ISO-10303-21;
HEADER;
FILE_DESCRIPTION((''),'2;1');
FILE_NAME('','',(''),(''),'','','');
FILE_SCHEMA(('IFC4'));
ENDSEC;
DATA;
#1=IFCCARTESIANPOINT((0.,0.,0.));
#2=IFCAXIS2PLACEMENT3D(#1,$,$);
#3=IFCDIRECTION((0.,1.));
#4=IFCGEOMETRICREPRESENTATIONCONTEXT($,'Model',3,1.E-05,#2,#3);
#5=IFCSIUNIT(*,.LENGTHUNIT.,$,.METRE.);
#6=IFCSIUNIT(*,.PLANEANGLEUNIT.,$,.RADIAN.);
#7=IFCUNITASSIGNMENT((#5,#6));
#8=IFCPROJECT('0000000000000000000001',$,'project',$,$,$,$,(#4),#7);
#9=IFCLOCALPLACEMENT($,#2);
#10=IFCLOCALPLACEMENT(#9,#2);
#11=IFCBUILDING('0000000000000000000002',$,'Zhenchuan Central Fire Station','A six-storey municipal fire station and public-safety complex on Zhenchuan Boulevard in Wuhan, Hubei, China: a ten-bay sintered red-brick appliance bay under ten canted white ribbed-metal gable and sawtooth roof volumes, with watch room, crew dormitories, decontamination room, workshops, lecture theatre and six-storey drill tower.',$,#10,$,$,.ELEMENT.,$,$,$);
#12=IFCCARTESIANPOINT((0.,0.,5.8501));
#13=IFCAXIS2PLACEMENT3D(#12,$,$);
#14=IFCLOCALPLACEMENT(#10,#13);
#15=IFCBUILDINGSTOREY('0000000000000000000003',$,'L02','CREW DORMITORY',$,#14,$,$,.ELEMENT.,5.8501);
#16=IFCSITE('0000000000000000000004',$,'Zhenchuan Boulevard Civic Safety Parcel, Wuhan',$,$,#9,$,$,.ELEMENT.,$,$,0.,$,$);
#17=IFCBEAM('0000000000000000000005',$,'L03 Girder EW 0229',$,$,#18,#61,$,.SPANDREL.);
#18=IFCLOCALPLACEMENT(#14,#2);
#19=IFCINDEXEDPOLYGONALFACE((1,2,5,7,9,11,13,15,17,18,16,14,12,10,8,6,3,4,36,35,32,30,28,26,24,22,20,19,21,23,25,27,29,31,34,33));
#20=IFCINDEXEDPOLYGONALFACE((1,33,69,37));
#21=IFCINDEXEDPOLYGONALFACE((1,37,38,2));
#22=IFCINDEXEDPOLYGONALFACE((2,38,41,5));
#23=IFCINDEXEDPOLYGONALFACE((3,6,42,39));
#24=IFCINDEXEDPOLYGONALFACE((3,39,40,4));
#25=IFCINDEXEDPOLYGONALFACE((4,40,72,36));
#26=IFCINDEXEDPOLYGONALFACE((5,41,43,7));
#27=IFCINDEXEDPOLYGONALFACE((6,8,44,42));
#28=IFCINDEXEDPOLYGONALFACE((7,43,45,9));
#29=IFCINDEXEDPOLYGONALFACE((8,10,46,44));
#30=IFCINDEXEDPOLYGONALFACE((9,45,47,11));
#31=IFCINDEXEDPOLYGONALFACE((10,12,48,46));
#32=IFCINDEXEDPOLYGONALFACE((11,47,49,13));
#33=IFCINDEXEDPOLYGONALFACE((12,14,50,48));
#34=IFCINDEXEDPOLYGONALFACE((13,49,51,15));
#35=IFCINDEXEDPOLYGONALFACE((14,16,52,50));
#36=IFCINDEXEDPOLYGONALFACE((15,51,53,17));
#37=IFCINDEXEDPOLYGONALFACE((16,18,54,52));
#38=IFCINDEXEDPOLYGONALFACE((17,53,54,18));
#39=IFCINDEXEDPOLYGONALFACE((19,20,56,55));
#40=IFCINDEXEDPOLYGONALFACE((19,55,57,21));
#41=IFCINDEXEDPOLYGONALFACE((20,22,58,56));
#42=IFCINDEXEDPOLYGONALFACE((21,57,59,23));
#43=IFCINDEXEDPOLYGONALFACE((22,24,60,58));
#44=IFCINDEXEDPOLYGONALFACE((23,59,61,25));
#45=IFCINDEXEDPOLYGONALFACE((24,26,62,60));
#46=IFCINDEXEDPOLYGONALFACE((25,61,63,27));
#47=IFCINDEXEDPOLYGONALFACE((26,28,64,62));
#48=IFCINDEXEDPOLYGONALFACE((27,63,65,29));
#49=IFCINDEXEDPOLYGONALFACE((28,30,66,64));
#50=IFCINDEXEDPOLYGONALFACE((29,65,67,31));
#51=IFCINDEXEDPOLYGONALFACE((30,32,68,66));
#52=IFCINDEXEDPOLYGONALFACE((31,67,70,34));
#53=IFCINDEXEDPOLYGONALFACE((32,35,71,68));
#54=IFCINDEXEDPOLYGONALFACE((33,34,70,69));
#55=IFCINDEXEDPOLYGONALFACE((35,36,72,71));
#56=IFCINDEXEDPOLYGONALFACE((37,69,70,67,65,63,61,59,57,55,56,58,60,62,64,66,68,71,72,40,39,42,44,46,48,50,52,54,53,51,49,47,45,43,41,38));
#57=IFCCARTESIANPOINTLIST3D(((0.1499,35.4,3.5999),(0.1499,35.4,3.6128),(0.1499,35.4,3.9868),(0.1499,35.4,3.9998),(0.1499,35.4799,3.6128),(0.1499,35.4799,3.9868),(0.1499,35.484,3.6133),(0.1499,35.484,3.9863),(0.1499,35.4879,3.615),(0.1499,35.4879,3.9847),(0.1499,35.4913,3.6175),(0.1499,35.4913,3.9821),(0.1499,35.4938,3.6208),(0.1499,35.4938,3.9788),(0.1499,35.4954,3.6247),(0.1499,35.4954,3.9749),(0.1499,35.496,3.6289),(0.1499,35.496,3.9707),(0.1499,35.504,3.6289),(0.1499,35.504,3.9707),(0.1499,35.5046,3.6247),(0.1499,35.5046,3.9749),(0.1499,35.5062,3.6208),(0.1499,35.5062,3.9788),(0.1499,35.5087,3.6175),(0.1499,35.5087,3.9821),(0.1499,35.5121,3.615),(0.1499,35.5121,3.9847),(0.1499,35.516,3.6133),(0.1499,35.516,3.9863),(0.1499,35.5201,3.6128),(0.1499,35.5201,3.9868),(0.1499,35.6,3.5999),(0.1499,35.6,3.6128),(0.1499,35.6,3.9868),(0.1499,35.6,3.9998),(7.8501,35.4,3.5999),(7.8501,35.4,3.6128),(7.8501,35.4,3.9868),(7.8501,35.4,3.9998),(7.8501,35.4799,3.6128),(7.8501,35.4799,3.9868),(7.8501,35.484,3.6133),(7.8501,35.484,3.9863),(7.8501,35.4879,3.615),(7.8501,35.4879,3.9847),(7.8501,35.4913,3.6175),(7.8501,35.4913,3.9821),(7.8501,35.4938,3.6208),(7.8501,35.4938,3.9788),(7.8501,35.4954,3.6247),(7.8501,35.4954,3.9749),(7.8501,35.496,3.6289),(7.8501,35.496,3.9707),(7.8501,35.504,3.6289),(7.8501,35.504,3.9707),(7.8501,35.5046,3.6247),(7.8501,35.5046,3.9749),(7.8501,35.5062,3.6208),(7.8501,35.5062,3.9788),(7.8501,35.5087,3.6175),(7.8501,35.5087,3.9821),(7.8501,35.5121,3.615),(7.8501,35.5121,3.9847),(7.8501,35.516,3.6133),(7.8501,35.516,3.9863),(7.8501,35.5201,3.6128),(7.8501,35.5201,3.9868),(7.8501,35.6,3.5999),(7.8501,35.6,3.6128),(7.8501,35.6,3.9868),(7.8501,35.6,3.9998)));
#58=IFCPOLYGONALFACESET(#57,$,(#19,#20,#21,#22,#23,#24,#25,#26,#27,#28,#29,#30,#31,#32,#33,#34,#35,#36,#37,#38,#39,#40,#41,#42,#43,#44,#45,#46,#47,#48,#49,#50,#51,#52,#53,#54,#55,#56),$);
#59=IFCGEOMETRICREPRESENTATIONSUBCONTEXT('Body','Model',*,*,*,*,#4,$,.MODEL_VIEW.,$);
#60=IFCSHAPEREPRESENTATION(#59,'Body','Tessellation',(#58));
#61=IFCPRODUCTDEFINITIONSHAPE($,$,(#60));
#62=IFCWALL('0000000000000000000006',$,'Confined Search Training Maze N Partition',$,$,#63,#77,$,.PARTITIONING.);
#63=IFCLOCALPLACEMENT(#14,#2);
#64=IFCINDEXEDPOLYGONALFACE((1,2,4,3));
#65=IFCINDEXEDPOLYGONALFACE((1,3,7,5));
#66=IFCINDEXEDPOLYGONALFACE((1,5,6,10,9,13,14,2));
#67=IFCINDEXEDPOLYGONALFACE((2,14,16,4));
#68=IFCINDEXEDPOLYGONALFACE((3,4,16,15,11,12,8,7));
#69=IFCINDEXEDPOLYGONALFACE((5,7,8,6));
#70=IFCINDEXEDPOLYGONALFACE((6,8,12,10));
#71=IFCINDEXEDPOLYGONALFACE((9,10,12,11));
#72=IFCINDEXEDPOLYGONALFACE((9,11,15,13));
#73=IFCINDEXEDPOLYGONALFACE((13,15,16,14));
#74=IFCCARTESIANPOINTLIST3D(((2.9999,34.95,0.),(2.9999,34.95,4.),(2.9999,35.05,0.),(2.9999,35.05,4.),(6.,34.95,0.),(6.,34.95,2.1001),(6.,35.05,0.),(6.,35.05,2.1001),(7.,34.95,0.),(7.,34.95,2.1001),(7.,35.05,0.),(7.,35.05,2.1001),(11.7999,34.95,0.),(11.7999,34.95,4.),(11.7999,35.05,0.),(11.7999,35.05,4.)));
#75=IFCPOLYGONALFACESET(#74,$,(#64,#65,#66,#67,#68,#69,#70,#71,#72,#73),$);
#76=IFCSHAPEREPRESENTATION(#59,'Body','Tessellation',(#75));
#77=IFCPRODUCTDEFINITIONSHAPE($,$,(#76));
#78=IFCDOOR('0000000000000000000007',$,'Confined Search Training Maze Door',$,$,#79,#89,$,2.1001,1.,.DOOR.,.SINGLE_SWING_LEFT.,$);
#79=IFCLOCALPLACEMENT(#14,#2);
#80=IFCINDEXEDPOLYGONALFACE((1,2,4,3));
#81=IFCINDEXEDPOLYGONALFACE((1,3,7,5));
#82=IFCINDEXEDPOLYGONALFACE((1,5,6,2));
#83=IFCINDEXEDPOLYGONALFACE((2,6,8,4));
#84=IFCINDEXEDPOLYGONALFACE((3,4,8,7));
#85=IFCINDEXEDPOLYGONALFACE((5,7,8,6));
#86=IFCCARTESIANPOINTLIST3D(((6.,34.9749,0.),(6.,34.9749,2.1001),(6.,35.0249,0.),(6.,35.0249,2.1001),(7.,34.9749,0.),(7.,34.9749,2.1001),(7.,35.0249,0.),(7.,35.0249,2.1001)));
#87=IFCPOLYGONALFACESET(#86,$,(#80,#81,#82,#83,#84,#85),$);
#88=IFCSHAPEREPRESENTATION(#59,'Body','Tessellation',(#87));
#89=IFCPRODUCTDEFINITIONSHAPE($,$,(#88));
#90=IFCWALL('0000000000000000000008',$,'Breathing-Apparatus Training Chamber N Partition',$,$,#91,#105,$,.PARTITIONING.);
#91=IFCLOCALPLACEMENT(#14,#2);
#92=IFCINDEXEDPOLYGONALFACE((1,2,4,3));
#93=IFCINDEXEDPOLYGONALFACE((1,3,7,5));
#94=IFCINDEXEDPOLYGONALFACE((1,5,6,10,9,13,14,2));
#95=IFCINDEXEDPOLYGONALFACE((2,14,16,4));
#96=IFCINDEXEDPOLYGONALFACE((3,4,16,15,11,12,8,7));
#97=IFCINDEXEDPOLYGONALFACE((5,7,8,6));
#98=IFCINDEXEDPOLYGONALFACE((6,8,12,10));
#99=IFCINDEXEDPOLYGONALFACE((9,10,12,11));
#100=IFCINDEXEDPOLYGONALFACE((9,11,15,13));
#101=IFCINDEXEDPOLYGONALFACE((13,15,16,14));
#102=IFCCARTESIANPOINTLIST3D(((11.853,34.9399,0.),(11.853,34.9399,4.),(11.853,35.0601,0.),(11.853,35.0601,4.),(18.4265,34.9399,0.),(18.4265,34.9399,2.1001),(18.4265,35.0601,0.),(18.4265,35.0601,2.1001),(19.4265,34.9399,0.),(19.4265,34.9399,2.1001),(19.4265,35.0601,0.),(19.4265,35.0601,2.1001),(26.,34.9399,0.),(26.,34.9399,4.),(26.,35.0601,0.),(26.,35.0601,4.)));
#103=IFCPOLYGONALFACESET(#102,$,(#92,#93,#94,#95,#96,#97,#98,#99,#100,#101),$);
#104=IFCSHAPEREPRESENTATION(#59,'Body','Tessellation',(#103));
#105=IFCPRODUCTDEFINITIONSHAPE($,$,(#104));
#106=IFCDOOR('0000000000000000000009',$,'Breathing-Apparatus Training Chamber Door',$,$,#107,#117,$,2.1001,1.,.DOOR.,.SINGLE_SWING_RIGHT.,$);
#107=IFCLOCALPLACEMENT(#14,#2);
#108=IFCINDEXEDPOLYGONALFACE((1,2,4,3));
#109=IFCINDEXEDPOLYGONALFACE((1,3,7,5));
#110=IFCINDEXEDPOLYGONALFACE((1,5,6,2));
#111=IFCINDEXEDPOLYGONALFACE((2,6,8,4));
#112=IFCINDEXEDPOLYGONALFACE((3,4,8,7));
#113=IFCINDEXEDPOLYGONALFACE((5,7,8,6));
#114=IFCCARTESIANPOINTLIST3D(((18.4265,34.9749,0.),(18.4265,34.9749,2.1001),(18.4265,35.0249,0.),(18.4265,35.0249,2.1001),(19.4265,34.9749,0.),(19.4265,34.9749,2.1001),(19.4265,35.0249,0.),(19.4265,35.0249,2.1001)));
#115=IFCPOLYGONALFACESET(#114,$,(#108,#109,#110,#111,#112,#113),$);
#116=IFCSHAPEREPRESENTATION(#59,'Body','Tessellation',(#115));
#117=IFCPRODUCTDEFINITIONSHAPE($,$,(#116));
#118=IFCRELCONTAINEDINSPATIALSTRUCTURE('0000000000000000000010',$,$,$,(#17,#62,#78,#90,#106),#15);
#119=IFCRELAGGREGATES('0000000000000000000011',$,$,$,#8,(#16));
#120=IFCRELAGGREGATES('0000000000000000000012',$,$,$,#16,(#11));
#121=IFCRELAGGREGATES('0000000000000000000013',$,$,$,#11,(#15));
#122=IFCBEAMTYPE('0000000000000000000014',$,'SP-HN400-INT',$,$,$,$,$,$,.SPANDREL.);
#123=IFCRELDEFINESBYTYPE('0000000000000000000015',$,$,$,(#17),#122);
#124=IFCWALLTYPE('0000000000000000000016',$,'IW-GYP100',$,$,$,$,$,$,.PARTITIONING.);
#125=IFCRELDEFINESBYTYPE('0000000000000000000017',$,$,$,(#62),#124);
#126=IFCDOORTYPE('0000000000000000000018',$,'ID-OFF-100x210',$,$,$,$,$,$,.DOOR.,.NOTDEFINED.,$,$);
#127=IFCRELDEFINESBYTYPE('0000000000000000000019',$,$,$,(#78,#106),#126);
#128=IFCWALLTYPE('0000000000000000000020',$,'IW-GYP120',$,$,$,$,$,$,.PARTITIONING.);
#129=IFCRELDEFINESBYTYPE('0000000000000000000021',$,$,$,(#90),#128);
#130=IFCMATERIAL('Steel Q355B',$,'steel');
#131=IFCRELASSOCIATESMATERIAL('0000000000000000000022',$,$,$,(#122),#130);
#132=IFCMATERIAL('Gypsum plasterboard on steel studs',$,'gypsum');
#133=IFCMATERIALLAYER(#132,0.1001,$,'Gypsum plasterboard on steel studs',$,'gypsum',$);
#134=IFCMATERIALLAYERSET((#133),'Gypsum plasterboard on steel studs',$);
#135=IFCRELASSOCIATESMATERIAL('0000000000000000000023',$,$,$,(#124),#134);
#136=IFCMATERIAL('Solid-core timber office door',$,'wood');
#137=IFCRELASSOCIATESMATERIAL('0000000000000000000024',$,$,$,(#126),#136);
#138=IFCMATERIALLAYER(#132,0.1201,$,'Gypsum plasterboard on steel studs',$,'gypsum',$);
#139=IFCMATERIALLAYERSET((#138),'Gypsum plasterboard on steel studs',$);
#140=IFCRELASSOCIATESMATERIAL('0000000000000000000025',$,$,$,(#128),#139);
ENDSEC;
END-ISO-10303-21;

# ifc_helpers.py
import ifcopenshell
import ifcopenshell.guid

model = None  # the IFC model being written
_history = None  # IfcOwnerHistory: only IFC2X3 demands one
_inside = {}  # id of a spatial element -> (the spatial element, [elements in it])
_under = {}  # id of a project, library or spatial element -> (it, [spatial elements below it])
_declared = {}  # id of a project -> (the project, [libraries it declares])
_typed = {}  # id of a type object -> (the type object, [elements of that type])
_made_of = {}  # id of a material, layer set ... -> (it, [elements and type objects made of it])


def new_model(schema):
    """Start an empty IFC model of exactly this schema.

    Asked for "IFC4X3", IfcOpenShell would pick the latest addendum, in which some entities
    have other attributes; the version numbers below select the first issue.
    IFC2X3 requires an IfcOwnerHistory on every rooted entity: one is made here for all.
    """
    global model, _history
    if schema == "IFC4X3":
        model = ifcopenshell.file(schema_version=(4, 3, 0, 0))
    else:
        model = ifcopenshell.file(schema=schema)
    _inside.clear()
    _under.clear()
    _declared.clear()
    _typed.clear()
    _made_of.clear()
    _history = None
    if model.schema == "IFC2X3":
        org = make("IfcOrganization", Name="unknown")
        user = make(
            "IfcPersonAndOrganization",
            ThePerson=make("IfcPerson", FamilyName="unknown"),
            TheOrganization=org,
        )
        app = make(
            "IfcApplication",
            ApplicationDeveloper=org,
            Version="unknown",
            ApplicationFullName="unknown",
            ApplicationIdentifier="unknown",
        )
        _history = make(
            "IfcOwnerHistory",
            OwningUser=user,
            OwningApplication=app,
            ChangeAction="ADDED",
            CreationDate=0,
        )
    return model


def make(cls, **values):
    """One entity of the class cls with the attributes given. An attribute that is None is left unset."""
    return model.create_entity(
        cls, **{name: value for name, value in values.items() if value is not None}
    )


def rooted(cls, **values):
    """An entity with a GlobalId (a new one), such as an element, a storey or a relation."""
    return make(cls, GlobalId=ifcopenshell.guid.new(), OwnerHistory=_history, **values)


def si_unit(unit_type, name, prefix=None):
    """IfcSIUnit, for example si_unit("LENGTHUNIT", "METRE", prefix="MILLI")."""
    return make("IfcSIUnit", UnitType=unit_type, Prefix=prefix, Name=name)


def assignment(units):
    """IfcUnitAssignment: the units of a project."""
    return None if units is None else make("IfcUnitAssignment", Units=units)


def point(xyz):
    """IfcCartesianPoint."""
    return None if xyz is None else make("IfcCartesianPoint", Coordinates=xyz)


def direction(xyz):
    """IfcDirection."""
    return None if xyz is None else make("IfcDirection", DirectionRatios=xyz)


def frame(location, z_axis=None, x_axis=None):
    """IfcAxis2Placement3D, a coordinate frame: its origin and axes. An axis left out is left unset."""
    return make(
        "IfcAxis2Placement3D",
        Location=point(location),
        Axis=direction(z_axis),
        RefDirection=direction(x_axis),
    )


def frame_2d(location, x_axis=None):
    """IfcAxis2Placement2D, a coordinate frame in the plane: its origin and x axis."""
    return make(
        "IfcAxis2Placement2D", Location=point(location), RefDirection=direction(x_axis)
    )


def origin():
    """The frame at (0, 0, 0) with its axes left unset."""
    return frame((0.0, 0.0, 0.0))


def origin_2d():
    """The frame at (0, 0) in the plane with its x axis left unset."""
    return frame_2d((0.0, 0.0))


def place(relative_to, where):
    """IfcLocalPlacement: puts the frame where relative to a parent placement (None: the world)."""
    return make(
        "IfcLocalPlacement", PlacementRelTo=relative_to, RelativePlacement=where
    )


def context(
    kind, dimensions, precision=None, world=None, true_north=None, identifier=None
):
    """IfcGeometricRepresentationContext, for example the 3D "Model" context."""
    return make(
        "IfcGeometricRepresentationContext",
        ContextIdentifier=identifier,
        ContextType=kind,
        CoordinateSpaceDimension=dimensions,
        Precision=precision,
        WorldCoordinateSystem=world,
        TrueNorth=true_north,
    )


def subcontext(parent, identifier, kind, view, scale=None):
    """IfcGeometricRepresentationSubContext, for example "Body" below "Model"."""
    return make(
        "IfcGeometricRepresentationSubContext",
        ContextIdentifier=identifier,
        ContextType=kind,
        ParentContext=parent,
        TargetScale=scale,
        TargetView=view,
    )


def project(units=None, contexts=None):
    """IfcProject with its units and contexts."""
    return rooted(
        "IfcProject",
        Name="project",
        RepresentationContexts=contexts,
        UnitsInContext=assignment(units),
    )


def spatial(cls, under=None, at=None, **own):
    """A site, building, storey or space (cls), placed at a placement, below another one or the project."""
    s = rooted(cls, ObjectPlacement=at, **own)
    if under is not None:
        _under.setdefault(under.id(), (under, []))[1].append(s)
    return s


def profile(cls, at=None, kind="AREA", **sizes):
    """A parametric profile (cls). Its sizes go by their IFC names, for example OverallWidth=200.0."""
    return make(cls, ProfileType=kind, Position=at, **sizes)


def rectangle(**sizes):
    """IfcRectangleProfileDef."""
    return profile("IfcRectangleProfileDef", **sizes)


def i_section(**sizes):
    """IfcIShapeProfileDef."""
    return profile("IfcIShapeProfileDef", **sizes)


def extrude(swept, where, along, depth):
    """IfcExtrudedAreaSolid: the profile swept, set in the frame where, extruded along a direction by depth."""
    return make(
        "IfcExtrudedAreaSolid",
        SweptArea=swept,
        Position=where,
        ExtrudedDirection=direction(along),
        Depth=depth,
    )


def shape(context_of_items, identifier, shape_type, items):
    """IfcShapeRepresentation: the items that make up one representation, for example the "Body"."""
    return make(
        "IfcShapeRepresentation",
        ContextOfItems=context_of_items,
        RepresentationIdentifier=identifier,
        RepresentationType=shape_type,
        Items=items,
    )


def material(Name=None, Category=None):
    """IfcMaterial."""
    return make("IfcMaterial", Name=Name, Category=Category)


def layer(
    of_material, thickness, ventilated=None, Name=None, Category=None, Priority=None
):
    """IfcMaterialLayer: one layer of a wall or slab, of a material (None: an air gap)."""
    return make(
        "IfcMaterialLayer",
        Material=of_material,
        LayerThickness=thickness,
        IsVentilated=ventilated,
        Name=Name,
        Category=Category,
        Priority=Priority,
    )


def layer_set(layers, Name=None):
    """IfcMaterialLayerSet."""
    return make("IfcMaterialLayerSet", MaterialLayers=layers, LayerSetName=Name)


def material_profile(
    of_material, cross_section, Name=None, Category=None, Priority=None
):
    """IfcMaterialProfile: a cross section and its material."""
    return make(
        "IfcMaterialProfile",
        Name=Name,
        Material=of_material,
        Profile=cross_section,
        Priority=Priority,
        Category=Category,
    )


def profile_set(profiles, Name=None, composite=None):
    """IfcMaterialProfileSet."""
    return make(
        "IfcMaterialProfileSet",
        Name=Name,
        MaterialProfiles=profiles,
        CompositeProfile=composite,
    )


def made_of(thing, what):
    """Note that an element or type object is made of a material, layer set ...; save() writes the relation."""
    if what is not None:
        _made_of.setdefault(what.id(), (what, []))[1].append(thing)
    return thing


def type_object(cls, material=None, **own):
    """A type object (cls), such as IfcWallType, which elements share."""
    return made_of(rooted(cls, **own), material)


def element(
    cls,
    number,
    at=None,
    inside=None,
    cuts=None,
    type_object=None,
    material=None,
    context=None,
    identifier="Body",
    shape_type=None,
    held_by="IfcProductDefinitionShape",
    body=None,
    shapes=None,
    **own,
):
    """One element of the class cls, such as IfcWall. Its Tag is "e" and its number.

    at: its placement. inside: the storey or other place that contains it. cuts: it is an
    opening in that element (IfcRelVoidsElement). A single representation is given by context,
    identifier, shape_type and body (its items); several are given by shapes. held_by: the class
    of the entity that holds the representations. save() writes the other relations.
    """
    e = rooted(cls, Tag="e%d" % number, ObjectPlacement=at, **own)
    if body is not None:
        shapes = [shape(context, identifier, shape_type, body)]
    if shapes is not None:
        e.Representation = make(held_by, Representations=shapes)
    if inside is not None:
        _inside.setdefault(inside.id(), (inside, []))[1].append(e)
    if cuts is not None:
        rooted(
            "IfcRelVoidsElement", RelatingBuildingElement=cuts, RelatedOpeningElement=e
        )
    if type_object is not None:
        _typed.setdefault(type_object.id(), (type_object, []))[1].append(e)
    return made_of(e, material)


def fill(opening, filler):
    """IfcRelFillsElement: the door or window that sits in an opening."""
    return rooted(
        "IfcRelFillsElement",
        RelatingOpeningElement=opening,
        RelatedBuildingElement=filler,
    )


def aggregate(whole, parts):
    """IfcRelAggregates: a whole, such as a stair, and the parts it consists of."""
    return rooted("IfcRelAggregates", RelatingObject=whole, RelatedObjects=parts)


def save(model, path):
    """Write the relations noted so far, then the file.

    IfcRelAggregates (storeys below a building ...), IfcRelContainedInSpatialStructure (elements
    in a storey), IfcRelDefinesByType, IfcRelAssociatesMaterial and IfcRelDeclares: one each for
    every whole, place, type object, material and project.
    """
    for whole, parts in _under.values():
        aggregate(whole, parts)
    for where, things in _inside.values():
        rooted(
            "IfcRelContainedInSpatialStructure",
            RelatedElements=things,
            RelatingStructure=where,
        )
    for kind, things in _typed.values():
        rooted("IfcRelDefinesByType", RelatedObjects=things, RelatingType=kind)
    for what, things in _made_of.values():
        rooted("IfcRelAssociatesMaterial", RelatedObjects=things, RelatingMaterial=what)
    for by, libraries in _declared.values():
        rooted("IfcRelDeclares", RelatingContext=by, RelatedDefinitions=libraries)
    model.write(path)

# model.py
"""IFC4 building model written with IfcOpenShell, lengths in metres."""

from ifc_helpers import new_model, si_unit, direction, frame, frame_2d, origin, origin_2d, place, context, subcontext, project, spatial, rectangle, i_section, extrude, material, layer, layer_set, material_profile, profile_set, type_object, element, fill, save


model = new_model("IFC4")

# Units and contexts
model_context = context("Model", 3, precision=1e-05, world=origin(), true_north=direction((0.0, 1.0)))
body_context = subcontext(model_context, "Body", "Model", "MODEL_VIEW")
ifc_project = project(units=[si_unit("LENGTHUNIT", "METRE"), si_unit("PLANEANGLEUNIT", "RADIAN")], contexts=[model_context])

# Site, building, storey
site_placement = place(None, origin())
site = spatial("IfcSite", under=ifc_project, at=site_placement, Name="Zhenchuan Boulevard Civic Safety Parcel, Wuhan", CompositionType="ELEMENT", RefElevation=0.0)
building_placement = place(site_placement, origin())
building = spatial("IfcBuilding", under=site, at=building_placement, Name="Zhenchuan Central Fire Station", Description="A six-storey municipal fire station and public-safety complex on Zhenchuan Boulevard in Wuhan, Hubei, China: a ten-bay sintered red-brick appliance bay under ten canted white ribbed-metal gable and sawtooth roof volumes, with watch room, crew dormitories, decontamination room, workshops, lecture theatre and six-storey drill tower.", CompositionType="ELEMENT")
storey_placement = place(building_placement, frame((0.0, 0.0, 5.8501)))
storey = spatial("IfcBuildingStorey", under=building, at=storey_placement, Name="L02", Description="CREW DORMITORY", CompositionType="ELEMENT", Elevation=5.8501)

# Shared definitions
ifc_material_1 = material(Name="Steel Q355B", Category="steel")

# Beam
ifc_material_profile_1 = material_profile(ifc_material_1, i_section(OverallWidth=0.2, OverallDepth=0.3999, WebThickness=0.0081, FlangeThickness=0.0129, FilletRadius=0.0161, at=origin_2d()), Name="HN 400x200")
ifc_profile_set_1 = profile_set([ifc_material_profile_1], Name="Steel Q355B")
beam_type_1 = type_object("IfcBeamType", Name="SP-HN400-INT", PredefinedType="SPANDREL", material=ifc_profile_set_1)
beam_1_placement = place(storey_placement, frame((0.1499, 35.5, 3.7998), z_axis=(1.0, 0.0, 0.0), x_axis=(0.0, 1.0, 0.0)))
element("IfcBeam", 1, at=beam_1_placement, inside=storey, type_object=beam_type_1, Name="L03 Girder EW 0229", PredefinedType="SPANDREL", context=body_context, shape_type="SweptSolid", body=[
    extrude(i_section(OverallWidth=0.2, OverallDepth=0.3999, WebThickness=0.0081, FlangeThickness=0.0129, FilletRadius=0.0161, at=origin_2d()), origin(), (0.0, 0.0, 1.0), 7.7002),
])

# Walls, openings, doors
ifc_material_2 = material(Name="Gypsum plasterboard on steel studs", Category="gypsum")
ifc_layer_1 = layer(ifc_material_2, 0.1001, Name="Gypsum plasterboard on steel studs", Category="gypsum")
ifc_layer_set_1 = layer_set([ifc_layer_1], Name="Gypsum plasterboard on steel studs")
wall_type_1 = type_object("IfcWallType", Name="IW-GYP100", PredefinedType="PARTITIONING", material=ifc_layer_set_1)
wall_1_placement = place(storey_placement, frame((3.0, 35.0, 0.0), z_axis=(0.0, 0.0, 1.0), x_axis=(1.0, 0.0, 0.0)))
wall_1 = element("IfcWall", 2, at=wall_1_placement, inside=storey, type_object=wall_type_1, Name="Confined Search Training Maze N Partition", PredefinedType="PARTITIONING", context=body_context, shape_type="SweptSolid", body=[
    extrude(rectangle(XDim=8.8, YDim=0.1001, at=frame_2d((4.3999, 0.0))), origin(), (0.0, 0.0, 1.0), 4.0),
])
opening_1_placement = place(wall_1_placement, frame((3.0, 0.0, 0.0)))
opening_1 = element("IfcOpeningElement", 3, at=opening_1_placement, cuts=wall_1, PredefinedType="OPENING", context=body_context, shape_type="SweptSolid", body=[
    extrude(rectangle(XDim=1.0, YDim=2.1001, at=frame_2d((0.5, 1.05))), frame((0.0, 0.0601, 0.0), z_axis=(0.0, -1.0, 0.0), x_axis=(1.0, 0.0, 0.0)), (0.0, 0.0, 1.0), 0.1201),
])
ifc_material_3 = material(Name="Solid-core timber office door", Category="wood")
door_type = type_object("IfcDoorType", Name="ID-OFF-100x210", OperationType="NOTDEFINED", PredefinedType="DOOR", material=ifc_material_3)
door_1_placement = place(opening_1_placement, origin())
door_1 = element("IfcDoor", 4, at=door_1_placement, inside=storey, type_object=door_type, Name="Confined Search Training Maze Door", OperationType="SINGLE_SWING_LEFT", OverallHeight=2.1001, OverallWidth=1.0, PredefinedType="DOOR", context=body_context, shape_type="SweptSolid", body=[
    extrude(rectangle(XDim=1.0, YDim=2.1001, at=frame_2d((0.5, 1.05))), frame((0.0, 0.0249, 0.0), z_axis=(0.0, -1.0, 0.0), x_axis=(1.0, 0.0, 0.0)), (0.0, 0.0, 1.0), 0.05),
])
fill(opening_1, door_1)
ifc_layer_2 = layer(ifc_material_2, 0.1201, Name="Gypsum plasterboard on steel studs", Category="gypsum")
ifc_layer_set_2 = layer_set([ifc_layer_2], Name="Gypsum plasterboard on steel studs")
wall_type_2 = type_object("IfcWallType", Name="IW-GYP120", PredefinedType="PARTITIONING", material=ifc_layer_set_2)
wall_2_placement = place(storey_placement, frame((11.853, 35.0, 0.0), z_axis=(0.0, 0.0, 1.0), x_axis=(1.0, 0.0, 0.0)))
wall_2 = element("IfcWall", 5, at=wall_2_placement, inside=storey, type_object=wall_type_2, Name="Breathing-Apparatus Training Chamber N Partition", PredefinedType="PARTITIONING", context=body_context, shape_type="SweptSolid", body=[
    extrude(rectangle(XDim=14.147, YDim=0.1201, at=frame_2d((7.0735, 0.0))), origin(), (0.0, 0.0, 1.0), 4.0),
])
opening_2_placement = place(wall_2_placement, frame((6.5735, 0.0, 0.0)))
opening_2 = element("IfcOpeningElement", 6, at=opening_2_placement, cuts=wall_2, PredefinedType="OPENING", context=body_context, shape_type="SweptSolid", body=[
    extrude(rectangle(XDim=1.0, YDim=2.1001, at=frame_2d((0.5, 1.05))), frame((0.0, 0.0701, 0.0), z_axis=(0.0, -1.0, 0.0), x_axis=(1.0, 0.0, 0.0)), (0.0, 0.0, 1.0), 0.1401),
])
door_2_placement = place(opening_2_placement, origin())
door_2 = element("IfcDoor", 7, at=door_2_placement, inside=storey, type_object=door_type, Name="Breathing-Apparatus Training Chamber Door", OperationType="SINGLE_SWING_RIGHT", OverallHeight=2.1001, OverallWidth=1.0, PredefinedType="DOOR", context=body_context, shape_type="SweptSolid", body=[
    extrude(rectangle(XDim=1.0, YDim=2.1001, at=frame_2d((0.5, 1.05))), frame((0.0, 0.0249, 0.0), z_axis=(0.0, -1.0, 0.0), x_axis=(1.0, 0.0, 0.0)), (0.0, 0.0, 1.0), 0.05),
])
fill(opening_2, door_2)

save(model, "model.ifc")
